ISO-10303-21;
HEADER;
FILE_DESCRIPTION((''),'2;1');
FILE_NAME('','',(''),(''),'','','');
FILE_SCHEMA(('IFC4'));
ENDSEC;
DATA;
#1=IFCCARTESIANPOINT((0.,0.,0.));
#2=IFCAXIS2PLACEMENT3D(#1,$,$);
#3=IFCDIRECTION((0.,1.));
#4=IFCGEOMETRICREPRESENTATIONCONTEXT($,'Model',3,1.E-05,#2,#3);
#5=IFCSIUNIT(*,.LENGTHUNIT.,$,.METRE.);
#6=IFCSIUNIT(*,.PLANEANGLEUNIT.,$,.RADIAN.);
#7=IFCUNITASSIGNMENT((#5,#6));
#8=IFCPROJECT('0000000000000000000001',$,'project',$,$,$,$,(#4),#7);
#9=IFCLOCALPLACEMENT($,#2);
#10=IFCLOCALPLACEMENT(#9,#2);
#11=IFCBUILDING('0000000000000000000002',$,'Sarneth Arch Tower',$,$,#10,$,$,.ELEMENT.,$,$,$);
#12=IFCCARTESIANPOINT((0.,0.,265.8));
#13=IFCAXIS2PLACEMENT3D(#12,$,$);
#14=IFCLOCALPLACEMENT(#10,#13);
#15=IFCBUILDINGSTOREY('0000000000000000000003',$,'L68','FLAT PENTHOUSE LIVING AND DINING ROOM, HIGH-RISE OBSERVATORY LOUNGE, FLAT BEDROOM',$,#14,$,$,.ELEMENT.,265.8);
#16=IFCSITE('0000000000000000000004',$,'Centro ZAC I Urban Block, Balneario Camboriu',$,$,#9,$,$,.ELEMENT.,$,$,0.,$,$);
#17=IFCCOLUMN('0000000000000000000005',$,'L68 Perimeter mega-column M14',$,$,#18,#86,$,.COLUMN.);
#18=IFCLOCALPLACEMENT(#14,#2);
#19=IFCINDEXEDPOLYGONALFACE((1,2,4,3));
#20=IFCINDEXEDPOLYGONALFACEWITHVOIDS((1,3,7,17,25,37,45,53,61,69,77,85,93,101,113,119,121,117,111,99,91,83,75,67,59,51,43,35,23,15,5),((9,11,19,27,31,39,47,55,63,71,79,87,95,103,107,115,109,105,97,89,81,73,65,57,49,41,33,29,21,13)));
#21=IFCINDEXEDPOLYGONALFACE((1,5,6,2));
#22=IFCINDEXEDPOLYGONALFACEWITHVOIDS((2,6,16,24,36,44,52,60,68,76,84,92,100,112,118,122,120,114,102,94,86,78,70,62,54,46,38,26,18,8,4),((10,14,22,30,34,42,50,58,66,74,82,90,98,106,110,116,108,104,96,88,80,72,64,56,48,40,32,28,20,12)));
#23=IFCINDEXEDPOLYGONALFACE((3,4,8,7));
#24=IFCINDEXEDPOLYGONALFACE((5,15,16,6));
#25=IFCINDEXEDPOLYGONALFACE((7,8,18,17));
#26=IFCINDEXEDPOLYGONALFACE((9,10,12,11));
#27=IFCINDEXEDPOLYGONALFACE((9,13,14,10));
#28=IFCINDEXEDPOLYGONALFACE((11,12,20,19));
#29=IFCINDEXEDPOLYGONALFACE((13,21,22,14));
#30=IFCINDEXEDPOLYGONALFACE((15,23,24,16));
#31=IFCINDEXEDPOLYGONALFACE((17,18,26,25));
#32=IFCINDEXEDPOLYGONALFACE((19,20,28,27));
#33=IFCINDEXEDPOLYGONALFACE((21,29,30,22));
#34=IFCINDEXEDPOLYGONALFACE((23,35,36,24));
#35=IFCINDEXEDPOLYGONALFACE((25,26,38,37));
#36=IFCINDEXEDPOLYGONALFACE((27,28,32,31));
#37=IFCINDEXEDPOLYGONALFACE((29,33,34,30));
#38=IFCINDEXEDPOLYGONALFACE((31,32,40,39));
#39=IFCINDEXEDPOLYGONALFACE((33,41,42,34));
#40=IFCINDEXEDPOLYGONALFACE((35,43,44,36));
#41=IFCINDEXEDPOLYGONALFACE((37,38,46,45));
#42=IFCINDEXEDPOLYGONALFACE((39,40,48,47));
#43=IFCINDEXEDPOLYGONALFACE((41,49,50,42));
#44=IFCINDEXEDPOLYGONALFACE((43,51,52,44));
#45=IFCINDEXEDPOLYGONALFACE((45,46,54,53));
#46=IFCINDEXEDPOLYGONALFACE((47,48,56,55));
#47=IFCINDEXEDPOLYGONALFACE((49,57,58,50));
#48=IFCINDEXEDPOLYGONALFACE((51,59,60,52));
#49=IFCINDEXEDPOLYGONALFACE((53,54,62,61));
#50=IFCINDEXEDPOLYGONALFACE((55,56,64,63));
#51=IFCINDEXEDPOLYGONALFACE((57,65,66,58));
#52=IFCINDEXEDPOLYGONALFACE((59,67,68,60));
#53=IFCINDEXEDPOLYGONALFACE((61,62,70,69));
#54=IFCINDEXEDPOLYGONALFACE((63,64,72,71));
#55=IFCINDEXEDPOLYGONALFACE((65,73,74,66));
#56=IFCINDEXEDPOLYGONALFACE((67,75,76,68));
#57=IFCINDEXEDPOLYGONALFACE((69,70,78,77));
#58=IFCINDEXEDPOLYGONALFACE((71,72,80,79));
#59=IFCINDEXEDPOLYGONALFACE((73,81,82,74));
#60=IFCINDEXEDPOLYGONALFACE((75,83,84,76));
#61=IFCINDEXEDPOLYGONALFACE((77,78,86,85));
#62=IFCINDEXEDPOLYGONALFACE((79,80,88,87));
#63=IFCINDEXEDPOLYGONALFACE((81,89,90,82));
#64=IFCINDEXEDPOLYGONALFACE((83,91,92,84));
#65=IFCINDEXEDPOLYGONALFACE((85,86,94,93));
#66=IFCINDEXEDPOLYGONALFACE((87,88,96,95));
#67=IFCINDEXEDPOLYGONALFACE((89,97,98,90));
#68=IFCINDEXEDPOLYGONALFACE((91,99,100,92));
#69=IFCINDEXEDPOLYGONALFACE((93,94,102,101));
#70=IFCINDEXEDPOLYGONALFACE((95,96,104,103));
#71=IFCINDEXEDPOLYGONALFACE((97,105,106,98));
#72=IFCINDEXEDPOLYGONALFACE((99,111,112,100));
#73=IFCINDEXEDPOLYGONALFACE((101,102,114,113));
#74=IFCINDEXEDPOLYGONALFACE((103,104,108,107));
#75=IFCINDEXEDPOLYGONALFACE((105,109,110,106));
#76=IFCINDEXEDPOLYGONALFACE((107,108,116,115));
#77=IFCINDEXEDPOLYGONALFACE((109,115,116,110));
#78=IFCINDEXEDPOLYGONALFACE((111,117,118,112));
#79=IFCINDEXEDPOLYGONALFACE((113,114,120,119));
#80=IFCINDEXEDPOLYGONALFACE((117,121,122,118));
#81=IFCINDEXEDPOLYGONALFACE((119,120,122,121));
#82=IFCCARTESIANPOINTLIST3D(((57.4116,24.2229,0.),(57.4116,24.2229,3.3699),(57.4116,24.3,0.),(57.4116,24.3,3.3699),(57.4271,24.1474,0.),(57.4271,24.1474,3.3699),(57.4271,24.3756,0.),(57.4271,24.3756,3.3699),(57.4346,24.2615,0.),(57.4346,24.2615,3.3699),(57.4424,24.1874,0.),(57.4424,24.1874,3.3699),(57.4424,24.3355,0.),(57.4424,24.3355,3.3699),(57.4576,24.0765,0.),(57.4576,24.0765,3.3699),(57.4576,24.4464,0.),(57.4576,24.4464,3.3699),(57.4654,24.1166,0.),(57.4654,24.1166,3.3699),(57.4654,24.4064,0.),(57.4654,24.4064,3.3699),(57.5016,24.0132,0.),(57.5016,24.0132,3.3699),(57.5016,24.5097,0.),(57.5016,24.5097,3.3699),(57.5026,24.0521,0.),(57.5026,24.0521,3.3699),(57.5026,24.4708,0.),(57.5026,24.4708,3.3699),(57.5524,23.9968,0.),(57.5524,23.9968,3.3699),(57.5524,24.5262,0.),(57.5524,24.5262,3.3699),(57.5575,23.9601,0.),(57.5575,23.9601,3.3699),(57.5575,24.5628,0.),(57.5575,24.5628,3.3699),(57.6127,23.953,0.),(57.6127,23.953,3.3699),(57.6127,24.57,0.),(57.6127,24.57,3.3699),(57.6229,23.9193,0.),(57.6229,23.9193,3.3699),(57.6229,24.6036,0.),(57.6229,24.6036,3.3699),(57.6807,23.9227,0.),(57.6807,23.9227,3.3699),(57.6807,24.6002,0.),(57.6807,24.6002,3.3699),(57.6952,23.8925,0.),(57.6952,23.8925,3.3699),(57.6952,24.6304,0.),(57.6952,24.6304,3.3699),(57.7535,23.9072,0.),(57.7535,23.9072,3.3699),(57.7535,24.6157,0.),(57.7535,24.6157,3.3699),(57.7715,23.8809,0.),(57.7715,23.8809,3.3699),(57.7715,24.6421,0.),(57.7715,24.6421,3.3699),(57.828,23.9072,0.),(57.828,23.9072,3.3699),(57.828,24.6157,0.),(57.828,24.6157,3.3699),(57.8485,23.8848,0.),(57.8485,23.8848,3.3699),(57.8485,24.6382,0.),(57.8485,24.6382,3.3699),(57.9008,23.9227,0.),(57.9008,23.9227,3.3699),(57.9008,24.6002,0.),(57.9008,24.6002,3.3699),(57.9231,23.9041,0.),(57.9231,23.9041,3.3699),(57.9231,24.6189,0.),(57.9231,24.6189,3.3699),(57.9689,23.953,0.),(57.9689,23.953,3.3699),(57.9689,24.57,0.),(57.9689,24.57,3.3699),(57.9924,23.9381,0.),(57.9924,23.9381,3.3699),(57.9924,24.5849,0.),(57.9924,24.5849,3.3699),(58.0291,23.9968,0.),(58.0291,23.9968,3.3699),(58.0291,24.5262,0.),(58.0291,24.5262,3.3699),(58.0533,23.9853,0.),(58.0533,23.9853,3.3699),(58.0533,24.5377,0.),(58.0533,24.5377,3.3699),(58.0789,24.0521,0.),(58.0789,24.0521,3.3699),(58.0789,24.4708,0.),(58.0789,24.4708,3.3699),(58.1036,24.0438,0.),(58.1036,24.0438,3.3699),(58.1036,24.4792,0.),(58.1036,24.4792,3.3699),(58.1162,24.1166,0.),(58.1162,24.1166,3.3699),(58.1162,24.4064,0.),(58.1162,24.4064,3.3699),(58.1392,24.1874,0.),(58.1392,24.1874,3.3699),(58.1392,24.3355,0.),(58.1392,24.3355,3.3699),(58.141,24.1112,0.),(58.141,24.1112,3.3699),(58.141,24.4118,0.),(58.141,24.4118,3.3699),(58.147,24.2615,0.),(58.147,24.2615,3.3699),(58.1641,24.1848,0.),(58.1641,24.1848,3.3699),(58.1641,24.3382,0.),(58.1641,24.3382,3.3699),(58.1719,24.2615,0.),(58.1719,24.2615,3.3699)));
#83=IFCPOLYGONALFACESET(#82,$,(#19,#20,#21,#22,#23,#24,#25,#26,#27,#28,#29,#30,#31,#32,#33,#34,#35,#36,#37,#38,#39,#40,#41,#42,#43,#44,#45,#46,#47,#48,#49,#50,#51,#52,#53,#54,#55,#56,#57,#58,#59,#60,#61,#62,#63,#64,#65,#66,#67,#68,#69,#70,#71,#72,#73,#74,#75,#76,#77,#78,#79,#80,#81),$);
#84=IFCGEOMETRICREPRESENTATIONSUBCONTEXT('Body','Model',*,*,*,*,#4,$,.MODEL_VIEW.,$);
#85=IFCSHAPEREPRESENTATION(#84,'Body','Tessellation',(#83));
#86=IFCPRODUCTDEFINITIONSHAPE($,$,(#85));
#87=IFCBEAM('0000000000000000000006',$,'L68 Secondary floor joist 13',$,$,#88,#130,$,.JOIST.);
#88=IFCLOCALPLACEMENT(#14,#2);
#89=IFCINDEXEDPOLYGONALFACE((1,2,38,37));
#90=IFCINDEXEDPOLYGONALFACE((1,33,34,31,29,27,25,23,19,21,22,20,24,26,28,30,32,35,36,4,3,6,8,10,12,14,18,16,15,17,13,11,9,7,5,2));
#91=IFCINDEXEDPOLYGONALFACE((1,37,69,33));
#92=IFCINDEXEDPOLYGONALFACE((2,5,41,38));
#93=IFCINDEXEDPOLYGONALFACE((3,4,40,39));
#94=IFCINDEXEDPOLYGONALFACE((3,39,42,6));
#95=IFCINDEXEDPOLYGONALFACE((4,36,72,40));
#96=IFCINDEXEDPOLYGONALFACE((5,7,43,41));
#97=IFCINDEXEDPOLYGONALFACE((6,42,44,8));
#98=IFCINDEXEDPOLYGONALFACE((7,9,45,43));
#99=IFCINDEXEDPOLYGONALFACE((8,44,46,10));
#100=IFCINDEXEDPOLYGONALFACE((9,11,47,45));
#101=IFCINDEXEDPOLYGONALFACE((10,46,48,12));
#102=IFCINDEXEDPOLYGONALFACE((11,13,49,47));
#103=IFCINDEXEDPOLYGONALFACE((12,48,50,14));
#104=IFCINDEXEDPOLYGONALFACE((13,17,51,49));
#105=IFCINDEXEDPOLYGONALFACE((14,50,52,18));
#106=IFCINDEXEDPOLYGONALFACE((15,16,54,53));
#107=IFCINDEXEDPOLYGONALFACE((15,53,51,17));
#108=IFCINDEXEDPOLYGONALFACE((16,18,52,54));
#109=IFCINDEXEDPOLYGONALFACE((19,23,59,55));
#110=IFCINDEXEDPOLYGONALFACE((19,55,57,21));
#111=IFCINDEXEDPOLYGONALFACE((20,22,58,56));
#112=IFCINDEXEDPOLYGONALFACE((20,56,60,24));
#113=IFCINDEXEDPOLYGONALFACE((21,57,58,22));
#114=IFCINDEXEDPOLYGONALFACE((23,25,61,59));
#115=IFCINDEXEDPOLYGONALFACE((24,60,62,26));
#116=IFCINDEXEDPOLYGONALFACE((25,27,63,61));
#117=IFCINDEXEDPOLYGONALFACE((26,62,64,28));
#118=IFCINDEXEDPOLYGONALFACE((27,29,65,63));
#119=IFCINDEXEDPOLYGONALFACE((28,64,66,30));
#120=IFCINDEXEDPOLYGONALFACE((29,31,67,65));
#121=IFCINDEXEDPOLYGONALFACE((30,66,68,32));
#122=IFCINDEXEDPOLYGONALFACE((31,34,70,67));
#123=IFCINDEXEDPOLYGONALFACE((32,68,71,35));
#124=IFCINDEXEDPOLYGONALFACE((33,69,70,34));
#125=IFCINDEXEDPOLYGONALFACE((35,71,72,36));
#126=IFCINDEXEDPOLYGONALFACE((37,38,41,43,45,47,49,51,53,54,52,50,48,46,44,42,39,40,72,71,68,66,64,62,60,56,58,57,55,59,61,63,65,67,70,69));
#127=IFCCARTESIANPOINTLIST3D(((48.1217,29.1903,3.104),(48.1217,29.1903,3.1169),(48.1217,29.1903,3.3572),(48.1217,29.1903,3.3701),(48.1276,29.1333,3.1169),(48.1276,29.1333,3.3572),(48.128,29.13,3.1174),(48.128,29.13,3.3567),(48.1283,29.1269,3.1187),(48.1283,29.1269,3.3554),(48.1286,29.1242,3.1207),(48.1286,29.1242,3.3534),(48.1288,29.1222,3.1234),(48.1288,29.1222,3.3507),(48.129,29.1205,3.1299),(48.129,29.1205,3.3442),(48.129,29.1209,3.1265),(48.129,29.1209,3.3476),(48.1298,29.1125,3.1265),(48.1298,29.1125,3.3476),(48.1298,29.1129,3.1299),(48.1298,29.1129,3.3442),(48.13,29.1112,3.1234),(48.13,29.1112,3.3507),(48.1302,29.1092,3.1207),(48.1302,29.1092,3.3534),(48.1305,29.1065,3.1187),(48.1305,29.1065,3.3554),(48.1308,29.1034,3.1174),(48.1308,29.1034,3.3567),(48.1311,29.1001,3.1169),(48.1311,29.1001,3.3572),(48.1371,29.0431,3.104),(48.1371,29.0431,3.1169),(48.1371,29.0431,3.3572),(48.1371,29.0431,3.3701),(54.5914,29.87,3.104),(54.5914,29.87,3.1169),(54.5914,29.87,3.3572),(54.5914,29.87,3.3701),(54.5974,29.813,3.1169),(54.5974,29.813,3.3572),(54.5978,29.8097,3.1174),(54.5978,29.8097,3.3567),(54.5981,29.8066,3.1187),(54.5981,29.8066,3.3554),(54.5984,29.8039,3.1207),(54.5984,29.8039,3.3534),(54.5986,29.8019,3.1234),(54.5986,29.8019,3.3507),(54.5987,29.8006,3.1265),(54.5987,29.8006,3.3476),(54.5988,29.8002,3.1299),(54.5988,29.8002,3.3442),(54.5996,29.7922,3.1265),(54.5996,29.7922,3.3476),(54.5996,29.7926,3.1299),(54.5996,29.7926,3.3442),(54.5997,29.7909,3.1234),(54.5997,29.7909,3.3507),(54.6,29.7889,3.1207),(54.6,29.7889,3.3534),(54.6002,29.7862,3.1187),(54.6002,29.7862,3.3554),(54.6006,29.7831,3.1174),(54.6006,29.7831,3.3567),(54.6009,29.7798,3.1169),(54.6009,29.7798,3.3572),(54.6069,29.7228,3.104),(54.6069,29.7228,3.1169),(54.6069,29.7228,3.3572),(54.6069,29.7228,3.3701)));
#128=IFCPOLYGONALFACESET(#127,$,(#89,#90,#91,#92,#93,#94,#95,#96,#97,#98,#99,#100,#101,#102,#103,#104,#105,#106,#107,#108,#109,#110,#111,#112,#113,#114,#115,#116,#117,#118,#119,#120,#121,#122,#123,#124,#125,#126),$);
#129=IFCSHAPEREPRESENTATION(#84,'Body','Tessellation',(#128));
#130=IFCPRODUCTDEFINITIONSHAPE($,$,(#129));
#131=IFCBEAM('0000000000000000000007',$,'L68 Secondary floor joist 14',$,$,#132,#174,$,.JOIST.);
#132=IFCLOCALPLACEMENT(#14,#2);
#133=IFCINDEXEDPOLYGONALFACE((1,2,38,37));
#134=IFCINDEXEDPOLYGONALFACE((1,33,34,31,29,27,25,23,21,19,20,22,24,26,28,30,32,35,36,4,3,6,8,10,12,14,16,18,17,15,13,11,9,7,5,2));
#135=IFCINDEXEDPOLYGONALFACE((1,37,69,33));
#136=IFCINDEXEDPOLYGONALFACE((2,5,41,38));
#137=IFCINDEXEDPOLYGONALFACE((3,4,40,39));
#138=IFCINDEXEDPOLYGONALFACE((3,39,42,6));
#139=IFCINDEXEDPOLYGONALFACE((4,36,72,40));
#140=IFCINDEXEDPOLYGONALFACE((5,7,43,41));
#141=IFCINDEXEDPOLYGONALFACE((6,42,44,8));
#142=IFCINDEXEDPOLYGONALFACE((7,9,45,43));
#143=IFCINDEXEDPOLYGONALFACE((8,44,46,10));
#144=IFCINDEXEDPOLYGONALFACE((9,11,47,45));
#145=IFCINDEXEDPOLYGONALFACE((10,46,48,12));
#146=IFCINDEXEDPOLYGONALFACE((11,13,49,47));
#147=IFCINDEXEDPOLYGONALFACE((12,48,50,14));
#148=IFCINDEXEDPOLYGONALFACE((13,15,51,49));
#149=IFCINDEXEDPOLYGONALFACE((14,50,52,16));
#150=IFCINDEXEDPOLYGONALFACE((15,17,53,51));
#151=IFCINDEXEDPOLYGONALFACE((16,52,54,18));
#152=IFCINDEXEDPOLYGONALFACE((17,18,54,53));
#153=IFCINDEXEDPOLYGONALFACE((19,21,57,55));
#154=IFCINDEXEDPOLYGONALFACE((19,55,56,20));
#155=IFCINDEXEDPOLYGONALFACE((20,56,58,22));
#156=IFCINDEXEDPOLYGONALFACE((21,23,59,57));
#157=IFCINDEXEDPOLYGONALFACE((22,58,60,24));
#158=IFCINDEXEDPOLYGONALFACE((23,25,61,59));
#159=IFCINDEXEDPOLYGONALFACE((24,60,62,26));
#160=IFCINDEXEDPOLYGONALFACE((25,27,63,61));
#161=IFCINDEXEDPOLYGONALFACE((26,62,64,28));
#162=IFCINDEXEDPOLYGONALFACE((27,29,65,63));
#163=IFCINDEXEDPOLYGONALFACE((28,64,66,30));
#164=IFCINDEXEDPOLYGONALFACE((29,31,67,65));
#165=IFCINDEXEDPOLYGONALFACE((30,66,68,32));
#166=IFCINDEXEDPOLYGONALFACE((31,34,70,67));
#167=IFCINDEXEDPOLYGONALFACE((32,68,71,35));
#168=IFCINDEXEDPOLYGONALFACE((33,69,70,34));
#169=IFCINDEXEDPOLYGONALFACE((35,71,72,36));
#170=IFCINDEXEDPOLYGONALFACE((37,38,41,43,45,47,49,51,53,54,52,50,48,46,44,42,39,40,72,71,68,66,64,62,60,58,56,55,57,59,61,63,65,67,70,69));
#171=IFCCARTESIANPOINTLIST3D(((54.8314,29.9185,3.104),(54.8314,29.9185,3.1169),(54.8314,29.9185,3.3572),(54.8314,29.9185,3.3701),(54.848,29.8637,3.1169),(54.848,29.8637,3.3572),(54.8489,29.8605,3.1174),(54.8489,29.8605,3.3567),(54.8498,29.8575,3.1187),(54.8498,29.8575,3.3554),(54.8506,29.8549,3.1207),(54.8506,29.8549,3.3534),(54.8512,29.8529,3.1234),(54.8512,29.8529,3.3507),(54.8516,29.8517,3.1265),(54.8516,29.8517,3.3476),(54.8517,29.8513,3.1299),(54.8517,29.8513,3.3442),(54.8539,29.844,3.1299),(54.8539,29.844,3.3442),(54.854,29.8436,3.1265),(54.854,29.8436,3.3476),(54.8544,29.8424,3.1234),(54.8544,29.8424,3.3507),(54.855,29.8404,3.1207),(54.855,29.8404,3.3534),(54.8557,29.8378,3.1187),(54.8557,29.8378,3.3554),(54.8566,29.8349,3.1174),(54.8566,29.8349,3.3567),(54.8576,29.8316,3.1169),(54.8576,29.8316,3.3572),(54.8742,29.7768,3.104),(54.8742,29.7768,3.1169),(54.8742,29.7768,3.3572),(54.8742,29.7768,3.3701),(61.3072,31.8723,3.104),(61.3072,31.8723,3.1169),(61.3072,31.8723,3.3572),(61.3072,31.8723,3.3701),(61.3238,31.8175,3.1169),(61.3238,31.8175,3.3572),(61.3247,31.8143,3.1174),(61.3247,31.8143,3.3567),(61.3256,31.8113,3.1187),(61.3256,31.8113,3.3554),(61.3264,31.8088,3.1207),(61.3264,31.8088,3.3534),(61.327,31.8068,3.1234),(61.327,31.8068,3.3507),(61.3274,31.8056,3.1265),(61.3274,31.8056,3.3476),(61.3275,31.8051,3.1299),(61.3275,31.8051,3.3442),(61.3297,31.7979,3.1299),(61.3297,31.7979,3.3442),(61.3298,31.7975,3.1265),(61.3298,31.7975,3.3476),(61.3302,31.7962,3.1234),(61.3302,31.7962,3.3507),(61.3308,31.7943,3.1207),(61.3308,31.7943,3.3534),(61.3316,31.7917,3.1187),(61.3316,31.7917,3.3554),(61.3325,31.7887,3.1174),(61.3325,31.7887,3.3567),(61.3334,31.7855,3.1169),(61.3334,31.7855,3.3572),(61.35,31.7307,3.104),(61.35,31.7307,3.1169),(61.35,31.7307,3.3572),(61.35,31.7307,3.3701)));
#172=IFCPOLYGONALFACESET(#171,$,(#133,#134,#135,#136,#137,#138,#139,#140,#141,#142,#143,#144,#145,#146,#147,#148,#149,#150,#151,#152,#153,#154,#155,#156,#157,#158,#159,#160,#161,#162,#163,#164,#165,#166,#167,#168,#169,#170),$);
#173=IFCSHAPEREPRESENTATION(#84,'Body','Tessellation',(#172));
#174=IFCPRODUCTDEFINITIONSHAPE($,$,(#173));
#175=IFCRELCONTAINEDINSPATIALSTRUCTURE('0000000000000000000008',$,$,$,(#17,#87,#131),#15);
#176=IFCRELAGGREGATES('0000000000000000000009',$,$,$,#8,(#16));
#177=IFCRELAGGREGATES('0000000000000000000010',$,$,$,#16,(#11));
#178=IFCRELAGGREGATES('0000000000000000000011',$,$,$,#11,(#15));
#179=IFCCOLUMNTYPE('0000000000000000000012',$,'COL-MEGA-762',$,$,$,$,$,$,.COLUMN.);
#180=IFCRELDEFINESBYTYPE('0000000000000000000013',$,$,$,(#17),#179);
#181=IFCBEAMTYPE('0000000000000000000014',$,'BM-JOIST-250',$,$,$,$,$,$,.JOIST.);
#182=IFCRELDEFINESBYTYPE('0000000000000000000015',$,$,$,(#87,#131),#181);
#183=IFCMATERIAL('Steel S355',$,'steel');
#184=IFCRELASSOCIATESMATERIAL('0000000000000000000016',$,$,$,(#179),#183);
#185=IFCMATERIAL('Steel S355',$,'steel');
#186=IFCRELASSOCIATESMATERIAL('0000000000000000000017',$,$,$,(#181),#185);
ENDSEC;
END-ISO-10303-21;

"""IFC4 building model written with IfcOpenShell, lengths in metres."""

from ifc_helpers import new_model, si_unit, direction, frame, origin, origin_2d, place, context, subcontext, project, spatial, hollow_circle, i_section, extrude, material, material_profile, profile_set, type_object, element, save


model = new_model("IFC4")

# Units and contexts
model_context = context("Model", 3, precision=1e-05, world=origin(), true_north=direction((0.0, 1.0)))
body_context = subcontext(model_context, "Body", "Model", "MODEL_VIEW")
ifc_project = project(units=[si_unit("LENGTHUNIT", "METRE"), si_unit("PLANEANGLEUNIT", "RADIAN")], contexts=[model_context])

# Site, building, storey
site_placement = place(None, origin())
site = spatial("IfcSite", under=ifc_project, at=site_placement, Name="Centro ZAC I Urban Block, Balneario Camboriu", CompositionType="ELEMENT", RefElevation=0.0)
building_placement = place(site_placement, origin())
building = spatial("IfcBuilding", under=site, at=building_placement, Name="Sarneth Arch Tower", CompositionType="ELEMENT")
storey_placement = place(building_placement, frame((0.0, 0.0, 265.8)))
storey = spatial("IfcBuildingStorey", under=building, at=storey_placement, Name="L68", Description="FLAT PENTHOUSE LIVING AND DINING ROOM, HIGH-RISE OBSERVATORY LOUNGE, FLAT BEDROOM", CompositionType="ELEMENT", Elevation=265.8)

# Column
ifc_material_1 = material(Name="Steel S355", Category="steel")
ifc_material_profile_1 = material_profile(ifc_material_1, hollow_circle(Radius=0.3811, WallThickness=0.0249, at=origin_2d()), Name="CHS762x25")
ifc_profile_set_1 = profile_set([ifc_material_profile_1], Name="Steel S355")
column_type = type_object("IfcColumnType", Name="COL-MEGA-762", PredefinedType="COLUMN", material=ifc_profile_set_1)
column_placement = place(storey_placement, frame((57.7908, 24.2615, 0.0), z_axis=(0.0, 0.0, 1.0), x_axis=(1.0, 0.0, 0.0)))
element("IfcColumn", 1, at=column_placement, inside=storey, type_object=column_type, Name="L68 Perimeter mega-column M14", PredefinedType="COLUMN", context=body_context, shape_type="SweptSolid", body=[
    extrude(hollow_circle(Radius=0.3811, WallThickness=0.0249, at=origin_2d()), origin(), (0.0, 0.0, 1.0), 3.3699),
])

# Beams
ifc_material_2 = material(Name="Steel S355", Category="steel")
ifc_material_profile_2 = material_profile(ifc_material_2, i_section(OverallWidth=0.1479, OverallDepth=0.2661, WebThickness=0.0076, FlangeThickness=0.0129, FilletRadius=0.0129, at=origin_2d()), Name="W250x44.8")
ifc_profile_set_2 = profile_set([ifc_material_profile_2], Name="Steel S355")
beam_type_1 = type_object("IfcBeamType", Name="BM-JOIST-250", PredefinedType="JOIST", material=ifc_profile_set_2)
beam_1_placement = place(storey_placement, frame((48.1294, 29.1167, 3.2371), z_axis=(0.994527, 0.104482, 0.0), x_axis=(-0.104482, 0.994527, 0.0)))
element("IfcBeam", 2, at=beam_1_placement, inside=storey, type_object=beam_type_1, Name="L68 Secondary floor joist 13", PredefinedType="JOIST", context=body_context, shape_type="SweptSolid", body=[
    extrude(i_section(OverallWidth=0.1479, OverallDepth=0.2661, WebThickness=0.0076, FlangeThickness=0.0129, FilletRadius=0.0129, at=origin_2d()), origin(), (0.0, 0.0, 1.0), 6.5054),
])
beam_2_placement = place(storey_placement, frame((54.8528, 29.8477, 3.2371), z_axis=(0.957373, 0.288854, 0.0), x_axis=(-0.288854, 0.957373, 0.0)))
element("IfcBeam", 3, at=beam_2_placement, inside=storey, type_object=beam_type_1, Name="L68 Secondary floor joist 14", PredefinedType="JOIST", context=body_context, shape_type="SweptSolid", body=[
    extrude(i_section(OverallWidth=0.1479, OverallDepth=0.2661, WebThickness=0.0076, FlangeThickness=0.0129, FilletRadius=0.0129, at=origin_2d()), origin(), (0.0, 0.0, 1.0), 6.7642),
])

save(model, "model.ifc")
